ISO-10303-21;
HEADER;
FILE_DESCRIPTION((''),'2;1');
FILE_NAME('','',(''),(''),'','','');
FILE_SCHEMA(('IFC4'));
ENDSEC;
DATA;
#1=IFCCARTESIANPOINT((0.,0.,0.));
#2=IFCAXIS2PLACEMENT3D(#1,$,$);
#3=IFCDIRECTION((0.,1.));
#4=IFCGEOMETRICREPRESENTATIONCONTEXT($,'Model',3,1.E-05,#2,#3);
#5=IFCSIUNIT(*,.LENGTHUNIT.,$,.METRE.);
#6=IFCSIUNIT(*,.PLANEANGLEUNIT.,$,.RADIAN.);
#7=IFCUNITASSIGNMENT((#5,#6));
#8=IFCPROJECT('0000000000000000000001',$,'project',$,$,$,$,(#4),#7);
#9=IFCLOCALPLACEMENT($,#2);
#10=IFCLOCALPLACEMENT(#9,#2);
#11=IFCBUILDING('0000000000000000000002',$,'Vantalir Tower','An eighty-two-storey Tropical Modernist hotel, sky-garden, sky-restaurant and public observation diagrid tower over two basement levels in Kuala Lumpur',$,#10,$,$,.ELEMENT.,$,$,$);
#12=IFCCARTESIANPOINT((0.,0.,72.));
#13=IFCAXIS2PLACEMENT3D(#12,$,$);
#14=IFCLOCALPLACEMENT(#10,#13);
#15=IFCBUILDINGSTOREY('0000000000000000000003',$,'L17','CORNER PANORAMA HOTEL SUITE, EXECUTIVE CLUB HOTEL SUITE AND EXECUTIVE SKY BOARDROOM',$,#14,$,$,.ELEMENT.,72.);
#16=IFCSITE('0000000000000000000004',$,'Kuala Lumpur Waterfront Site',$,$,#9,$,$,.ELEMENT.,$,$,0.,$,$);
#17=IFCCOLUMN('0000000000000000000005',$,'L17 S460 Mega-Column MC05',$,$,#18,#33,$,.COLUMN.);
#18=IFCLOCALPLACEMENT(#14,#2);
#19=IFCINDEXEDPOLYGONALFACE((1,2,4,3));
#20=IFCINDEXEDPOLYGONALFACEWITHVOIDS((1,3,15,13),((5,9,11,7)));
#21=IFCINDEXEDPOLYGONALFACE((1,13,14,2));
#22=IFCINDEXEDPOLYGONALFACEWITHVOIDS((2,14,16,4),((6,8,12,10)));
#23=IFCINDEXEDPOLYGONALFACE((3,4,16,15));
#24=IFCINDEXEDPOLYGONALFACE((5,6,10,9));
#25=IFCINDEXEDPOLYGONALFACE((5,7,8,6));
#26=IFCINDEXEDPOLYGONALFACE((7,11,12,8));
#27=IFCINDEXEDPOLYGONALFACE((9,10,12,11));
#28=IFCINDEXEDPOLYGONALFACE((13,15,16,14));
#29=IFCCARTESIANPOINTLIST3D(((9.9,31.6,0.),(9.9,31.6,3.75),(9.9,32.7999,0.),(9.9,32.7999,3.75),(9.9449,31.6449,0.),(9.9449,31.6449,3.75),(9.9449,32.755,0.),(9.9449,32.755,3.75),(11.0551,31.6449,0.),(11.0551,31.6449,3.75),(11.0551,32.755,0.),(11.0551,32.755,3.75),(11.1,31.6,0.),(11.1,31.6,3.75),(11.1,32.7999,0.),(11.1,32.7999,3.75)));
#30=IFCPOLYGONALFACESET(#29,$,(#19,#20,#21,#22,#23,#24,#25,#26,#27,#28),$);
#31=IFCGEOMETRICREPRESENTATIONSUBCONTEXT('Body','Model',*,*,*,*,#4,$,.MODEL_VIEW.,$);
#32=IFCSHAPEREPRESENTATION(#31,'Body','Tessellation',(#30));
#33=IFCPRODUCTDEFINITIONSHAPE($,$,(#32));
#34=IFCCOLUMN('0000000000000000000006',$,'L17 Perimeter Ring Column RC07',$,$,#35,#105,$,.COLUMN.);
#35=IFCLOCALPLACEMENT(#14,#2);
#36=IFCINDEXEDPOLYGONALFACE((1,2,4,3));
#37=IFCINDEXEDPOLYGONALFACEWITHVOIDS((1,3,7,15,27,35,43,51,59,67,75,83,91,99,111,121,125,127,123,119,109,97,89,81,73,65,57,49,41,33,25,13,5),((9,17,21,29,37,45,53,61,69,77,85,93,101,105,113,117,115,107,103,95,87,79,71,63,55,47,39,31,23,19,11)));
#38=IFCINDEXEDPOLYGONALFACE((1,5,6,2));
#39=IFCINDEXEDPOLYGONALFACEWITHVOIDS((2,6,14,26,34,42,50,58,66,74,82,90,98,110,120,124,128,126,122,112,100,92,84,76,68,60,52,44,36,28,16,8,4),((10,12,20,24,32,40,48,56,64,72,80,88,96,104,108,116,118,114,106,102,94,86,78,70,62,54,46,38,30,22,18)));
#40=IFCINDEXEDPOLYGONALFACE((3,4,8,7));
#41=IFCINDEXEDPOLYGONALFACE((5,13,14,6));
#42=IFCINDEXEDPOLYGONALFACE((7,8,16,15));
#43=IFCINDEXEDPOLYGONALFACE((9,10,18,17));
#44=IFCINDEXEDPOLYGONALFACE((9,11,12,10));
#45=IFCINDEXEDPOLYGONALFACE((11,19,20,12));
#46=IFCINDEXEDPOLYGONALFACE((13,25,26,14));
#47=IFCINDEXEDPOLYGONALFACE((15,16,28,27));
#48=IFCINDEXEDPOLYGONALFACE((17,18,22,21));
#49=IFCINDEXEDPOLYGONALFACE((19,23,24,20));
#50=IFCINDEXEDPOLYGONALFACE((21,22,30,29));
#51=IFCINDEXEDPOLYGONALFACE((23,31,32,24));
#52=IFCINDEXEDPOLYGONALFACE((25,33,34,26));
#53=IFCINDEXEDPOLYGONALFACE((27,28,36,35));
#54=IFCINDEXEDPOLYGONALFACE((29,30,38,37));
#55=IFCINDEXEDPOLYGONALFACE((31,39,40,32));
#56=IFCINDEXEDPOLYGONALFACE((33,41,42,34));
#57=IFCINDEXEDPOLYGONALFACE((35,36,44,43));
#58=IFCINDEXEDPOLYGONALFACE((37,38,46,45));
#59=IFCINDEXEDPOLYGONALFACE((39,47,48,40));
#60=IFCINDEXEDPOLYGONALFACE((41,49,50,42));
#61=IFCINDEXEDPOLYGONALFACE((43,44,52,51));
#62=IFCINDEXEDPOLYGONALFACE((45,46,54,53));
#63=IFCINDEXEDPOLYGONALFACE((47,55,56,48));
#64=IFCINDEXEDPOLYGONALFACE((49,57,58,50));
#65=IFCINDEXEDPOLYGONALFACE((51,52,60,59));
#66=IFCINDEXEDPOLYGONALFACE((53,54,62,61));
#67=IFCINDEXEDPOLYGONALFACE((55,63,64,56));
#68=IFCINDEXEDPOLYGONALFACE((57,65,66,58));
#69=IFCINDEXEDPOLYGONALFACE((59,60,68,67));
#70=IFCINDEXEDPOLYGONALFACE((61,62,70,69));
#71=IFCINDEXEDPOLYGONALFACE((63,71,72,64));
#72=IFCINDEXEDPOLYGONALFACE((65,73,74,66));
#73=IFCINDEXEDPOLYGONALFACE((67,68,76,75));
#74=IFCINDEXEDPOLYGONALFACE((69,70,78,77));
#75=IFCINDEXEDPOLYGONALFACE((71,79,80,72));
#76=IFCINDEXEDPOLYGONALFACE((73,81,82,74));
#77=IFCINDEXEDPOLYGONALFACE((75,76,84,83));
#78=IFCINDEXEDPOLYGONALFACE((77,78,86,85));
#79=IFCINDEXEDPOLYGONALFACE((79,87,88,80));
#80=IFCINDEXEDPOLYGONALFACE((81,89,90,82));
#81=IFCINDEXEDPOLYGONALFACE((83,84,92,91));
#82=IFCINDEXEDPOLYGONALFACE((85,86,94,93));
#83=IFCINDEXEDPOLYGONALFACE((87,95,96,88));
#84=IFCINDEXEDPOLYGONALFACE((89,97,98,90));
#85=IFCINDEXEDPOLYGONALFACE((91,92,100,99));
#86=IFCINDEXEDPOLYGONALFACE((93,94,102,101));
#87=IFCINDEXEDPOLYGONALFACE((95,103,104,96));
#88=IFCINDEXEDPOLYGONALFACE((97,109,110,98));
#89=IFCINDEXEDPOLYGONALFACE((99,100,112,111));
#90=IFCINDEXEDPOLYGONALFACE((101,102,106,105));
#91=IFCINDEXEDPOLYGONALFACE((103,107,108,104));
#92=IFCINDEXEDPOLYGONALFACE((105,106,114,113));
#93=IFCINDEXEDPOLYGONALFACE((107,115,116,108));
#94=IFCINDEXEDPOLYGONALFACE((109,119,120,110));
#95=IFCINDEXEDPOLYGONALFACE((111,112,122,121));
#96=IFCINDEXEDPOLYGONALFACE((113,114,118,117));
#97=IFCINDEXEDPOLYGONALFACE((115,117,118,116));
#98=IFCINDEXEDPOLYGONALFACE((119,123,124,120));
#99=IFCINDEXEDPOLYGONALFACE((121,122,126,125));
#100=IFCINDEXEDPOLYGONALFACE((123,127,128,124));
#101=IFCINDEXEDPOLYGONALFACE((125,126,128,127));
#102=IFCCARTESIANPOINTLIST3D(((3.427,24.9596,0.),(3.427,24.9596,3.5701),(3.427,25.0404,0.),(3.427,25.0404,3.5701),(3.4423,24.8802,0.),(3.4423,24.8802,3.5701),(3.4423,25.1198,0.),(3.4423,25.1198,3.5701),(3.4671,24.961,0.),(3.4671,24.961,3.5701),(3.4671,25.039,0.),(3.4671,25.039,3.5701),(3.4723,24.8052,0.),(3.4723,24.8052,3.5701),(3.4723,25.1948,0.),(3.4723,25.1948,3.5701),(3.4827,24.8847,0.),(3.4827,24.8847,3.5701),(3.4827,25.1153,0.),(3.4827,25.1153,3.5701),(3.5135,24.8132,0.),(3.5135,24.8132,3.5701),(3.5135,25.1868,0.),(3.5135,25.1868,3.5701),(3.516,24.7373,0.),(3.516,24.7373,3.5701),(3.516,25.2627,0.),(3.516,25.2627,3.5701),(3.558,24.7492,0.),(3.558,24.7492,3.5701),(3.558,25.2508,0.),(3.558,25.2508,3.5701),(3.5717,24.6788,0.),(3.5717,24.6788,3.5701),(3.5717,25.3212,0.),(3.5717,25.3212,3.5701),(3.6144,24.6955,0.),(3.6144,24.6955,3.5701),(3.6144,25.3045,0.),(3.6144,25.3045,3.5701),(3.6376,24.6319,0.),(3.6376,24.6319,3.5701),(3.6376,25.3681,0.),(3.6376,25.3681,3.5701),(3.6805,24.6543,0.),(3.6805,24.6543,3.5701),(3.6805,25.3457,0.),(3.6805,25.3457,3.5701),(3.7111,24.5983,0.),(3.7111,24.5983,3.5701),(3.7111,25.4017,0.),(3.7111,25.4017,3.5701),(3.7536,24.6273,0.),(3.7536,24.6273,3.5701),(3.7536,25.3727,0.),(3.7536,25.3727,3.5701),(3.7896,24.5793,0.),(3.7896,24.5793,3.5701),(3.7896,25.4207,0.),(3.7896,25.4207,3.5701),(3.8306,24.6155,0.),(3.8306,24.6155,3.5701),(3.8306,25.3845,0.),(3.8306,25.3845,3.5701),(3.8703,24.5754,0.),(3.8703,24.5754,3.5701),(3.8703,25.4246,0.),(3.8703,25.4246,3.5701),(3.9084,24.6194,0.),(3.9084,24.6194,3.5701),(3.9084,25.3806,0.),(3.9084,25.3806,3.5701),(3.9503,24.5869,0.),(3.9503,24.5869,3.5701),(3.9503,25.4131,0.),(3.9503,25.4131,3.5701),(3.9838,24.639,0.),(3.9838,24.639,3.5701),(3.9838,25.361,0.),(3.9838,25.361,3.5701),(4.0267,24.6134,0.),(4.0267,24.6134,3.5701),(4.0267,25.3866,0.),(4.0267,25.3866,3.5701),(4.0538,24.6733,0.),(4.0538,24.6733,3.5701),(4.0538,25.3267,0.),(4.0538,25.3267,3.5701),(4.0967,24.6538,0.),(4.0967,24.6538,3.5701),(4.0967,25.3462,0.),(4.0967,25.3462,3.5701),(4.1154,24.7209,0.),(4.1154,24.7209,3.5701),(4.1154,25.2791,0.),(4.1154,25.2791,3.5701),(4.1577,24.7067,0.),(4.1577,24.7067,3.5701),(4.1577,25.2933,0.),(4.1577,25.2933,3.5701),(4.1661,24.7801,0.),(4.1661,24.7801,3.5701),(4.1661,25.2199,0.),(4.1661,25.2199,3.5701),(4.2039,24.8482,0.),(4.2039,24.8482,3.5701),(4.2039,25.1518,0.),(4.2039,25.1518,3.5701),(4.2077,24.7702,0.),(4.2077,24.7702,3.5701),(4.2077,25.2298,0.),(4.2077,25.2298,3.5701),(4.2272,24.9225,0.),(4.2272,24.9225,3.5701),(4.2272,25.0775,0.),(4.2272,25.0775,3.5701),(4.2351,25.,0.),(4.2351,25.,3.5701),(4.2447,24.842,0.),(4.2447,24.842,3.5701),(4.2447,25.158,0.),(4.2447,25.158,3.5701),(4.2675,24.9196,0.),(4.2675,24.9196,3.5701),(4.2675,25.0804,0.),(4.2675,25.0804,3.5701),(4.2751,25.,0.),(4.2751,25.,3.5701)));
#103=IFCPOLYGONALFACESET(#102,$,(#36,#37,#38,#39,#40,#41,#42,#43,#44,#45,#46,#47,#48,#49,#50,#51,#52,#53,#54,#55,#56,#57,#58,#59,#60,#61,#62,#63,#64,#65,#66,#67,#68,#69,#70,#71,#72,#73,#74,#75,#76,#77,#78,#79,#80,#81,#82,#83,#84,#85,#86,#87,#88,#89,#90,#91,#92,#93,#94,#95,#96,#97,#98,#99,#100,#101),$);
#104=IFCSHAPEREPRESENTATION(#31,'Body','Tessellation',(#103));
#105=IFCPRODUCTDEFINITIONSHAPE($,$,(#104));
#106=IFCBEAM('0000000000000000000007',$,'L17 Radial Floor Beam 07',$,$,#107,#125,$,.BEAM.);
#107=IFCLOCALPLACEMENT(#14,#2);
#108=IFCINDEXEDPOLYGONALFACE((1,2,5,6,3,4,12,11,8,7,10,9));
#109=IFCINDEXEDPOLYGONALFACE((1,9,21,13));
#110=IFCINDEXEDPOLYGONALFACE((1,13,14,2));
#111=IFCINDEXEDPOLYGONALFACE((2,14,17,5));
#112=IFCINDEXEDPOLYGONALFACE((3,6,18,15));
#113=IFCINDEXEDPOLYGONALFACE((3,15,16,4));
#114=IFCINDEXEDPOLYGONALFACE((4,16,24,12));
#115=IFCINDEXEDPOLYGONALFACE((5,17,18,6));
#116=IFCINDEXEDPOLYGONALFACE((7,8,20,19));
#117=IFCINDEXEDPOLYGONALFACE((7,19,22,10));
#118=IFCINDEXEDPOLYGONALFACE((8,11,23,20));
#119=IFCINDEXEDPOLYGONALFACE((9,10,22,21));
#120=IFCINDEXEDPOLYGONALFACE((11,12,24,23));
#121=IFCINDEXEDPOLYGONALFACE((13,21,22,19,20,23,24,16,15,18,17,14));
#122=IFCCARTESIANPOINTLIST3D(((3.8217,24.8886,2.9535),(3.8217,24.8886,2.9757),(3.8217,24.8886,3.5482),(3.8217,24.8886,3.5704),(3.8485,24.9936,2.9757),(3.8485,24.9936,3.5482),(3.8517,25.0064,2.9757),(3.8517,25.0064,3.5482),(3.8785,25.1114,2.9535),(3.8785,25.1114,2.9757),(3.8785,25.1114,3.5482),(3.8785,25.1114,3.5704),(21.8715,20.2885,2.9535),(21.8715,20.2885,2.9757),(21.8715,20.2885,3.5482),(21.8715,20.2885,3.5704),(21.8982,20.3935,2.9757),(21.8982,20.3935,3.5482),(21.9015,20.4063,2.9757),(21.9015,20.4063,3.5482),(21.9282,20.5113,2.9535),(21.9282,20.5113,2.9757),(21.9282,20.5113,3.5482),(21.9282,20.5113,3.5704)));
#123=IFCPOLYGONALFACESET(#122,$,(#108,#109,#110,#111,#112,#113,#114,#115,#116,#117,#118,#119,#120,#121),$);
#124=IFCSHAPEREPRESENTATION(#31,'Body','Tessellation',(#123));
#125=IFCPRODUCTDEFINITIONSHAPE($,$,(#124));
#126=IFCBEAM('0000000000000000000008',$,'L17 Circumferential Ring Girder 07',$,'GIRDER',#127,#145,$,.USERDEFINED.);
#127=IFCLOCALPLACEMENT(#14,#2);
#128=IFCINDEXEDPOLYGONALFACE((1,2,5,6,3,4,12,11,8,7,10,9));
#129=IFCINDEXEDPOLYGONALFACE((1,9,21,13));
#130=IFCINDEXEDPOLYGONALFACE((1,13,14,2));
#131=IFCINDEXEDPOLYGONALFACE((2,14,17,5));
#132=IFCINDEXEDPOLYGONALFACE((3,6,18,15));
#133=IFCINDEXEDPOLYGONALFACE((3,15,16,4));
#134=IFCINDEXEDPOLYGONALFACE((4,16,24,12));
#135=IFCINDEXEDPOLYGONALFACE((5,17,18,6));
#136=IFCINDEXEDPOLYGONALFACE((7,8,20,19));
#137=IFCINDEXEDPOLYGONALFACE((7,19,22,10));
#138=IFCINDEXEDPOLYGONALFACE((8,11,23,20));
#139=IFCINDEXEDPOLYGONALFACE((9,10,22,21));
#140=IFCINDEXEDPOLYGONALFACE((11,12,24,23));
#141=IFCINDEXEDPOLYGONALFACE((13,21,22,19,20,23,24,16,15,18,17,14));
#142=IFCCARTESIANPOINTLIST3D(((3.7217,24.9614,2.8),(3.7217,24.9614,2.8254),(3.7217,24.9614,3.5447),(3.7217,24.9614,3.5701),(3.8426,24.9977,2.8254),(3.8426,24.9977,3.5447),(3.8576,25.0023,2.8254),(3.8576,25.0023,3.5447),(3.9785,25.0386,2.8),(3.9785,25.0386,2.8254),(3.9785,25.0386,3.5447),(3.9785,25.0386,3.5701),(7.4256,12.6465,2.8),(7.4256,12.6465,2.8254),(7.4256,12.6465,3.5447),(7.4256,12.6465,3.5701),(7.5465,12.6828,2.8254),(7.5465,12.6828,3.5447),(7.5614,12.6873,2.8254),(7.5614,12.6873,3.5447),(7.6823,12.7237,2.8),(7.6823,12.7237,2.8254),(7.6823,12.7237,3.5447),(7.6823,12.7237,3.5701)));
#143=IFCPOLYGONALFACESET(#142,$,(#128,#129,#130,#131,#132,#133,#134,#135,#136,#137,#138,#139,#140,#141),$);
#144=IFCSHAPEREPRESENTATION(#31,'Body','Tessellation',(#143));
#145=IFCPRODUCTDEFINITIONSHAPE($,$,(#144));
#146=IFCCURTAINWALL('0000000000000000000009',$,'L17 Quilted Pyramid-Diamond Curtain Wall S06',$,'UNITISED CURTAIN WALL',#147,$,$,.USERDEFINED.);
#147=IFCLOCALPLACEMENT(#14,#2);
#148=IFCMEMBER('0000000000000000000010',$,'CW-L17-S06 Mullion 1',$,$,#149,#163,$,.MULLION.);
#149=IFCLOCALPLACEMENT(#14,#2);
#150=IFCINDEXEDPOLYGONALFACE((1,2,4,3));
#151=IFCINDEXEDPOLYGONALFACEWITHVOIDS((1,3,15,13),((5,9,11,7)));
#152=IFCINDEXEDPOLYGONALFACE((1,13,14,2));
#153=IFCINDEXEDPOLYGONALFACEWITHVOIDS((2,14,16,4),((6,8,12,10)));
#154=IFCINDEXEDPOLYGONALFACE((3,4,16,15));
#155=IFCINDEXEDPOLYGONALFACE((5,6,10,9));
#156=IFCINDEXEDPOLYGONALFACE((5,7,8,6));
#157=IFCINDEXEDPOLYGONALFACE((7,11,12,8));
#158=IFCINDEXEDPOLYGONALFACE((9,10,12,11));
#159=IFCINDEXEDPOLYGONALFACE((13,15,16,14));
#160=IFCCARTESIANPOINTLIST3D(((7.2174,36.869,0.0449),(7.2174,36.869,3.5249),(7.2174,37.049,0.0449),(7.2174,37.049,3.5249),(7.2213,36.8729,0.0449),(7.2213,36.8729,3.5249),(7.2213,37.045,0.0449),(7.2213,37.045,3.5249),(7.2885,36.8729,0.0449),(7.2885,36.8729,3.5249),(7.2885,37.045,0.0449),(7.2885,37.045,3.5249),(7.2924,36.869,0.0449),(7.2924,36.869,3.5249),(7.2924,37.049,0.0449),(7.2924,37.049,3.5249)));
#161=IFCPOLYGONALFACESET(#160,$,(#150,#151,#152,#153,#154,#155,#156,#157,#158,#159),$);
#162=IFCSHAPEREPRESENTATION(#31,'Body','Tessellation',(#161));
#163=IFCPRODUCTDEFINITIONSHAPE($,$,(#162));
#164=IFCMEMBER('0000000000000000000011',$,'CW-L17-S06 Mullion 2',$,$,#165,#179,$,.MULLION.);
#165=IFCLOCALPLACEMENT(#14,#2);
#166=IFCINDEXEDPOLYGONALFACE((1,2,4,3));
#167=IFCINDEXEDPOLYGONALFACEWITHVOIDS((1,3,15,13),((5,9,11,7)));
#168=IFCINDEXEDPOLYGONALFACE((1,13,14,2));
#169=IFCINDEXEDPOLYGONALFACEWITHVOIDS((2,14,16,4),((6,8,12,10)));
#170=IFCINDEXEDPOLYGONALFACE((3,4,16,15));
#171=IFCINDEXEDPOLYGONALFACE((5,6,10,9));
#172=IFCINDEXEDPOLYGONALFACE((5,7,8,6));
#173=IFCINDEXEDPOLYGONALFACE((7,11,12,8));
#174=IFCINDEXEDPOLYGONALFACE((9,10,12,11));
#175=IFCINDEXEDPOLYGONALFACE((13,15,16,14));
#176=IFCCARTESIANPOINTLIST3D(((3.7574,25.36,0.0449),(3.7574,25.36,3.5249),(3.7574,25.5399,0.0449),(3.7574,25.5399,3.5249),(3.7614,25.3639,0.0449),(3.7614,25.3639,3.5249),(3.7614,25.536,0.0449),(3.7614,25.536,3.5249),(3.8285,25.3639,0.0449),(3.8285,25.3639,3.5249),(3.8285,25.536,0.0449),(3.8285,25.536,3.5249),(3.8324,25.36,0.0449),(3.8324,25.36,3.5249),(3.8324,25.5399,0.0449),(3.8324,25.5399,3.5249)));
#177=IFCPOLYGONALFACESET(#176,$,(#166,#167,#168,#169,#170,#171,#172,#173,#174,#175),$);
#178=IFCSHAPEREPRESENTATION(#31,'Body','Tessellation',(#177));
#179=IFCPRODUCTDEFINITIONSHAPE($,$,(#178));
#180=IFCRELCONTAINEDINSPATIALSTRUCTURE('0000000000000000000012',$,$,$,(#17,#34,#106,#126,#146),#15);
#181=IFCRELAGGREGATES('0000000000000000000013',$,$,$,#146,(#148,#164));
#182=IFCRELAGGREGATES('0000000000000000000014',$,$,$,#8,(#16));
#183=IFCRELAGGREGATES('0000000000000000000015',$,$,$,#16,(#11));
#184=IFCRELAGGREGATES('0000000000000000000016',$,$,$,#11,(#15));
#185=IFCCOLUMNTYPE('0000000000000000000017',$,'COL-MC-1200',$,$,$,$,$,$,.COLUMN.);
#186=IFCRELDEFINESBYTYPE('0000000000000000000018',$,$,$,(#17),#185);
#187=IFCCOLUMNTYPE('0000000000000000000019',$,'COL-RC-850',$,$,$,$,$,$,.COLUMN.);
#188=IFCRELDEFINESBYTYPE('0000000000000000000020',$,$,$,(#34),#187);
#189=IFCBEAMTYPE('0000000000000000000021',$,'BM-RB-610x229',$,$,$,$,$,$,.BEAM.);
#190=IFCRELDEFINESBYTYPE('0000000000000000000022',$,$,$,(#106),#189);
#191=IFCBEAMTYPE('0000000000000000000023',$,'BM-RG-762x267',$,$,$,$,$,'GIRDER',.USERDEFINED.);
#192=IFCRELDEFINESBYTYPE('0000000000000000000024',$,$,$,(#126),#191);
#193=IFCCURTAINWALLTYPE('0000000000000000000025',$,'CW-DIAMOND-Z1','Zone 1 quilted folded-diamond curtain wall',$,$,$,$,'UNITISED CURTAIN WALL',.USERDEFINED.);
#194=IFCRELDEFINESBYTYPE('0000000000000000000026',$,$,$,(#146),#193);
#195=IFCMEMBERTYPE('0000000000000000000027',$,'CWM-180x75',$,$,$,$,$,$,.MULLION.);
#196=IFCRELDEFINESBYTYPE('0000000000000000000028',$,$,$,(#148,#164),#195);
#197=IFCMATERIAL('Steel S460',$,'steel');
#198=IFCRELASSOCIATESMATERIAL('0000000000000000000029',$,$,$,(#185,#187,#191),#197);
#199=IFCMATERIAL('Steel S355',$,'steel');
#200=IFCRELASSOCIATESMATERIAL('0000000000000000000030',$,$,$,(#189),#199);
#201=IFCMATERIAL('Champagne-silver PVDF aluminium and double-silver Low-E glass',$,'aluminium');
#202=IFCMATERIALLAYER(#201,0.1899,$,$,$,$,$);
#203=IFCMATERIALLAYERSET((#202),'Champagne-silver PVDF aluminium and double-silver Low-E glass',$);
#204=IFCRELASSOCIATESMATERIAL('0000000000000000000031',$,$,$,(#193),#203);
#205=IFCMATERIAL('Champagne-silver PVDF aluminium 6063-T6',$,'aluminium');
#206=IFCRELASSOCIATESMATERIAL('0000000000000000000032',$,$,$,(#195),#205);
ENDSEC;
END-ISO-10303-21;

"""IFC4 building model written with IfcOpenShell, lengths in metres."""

from ifc_helpers import new_model, si_unit, direction, frame, origin, origin_2d, place, context, subcontext, project, spatial, hollow_rectangle, hollow_circle, i_section, extrude, material, layer, layer_set, material_profile, profile_set, type_object, element, aggregate, save


model = new_model("IFC4")

# Units and contexts
model_context = context("Model", 3, precision=1e-05, world=origin(), true_north=direction((0.0, 1.0)))
body_context = subcontext(model_context, "Body", "Model", "MODEL_VIEW")
ifc_project = project(units=[si_unit("LENGTHUNIT", "METRE"), si_unit("PLANEANGLEUNIT", "RADIAN")], contexts=[model_context])

# Site, building, storey
site_placement = place(None, origin())
site = spatial("IfcSite", under=ifc_project, at=site_placement, Name="Kuala Lumpur Waterfront Site", CompositionType="ELEMENT", RefElevation=0.0)
building_placement = place(site_placement, origin())
building = spatial("IfcBuilding", under=site, at=building_placement, Name="Vantalir Tower", Description="An eighty-two-storey Tropical Modernist hotel, sky-garden, sky-restaurant and public observation diagrid tower over two basement levels in Kuala Lumpur", CompositionType="ELEMENT")
storey_placement = place(building_placement, frame((0.0, 0.0, 72.0)))
storey = spatial("IfcBuildingStorey", under=building, at=storey_placement, Name="L17", Description="CORNER PANORAMA HOTEL SUITE, EXECUTIVE CLUB HOTEL SUITE AND EXECUTIVE SKY BOARDROOM", CompositionType="ELEMENT", Elevation=72.0)

# Columns
ifc_material_1 = material(Name="Steel S460", Category="steel")
ifc_material_profile_1 = material_profile(ifc_material_1, hollow_rectangle(XDim=1.2, YDim=1.2, WallThickness=0.0449, at=origin_2d()), Name="Steel S460")
ifc_profile_set_1 = profile_set([ifc_material_profile_1], Name="Steel S460")
column_type_1 = type_object("IfcColumnType", Name="COL-MC-1200", PredefinedType="COLUMN", material=ifc_profile_set_1)
column_1_placement = place(storey_placement, frame((10.5, 32.2, 0.0), z_axis=(0.0, 0.0, 1.0), x_axis=(1.0, 0.0, 0.0)))
element("IfcColumn", 1, at=column_1_placement, inside=storey, type_object=column_type_1, Name="L17 S460 Mega-Column MC05", PredefinedType="COLUMN", context=body_context, shape_type="SweptSolid", body=[
    extrude(hollow_rectangle(XDim=1.2, YDim=1.2, WallThickness=0.0449, at=origin_2d()), origin(), (0.0, 0.0, 1.0), 3.75),
])
ifc_material_profile_2 = material_profile(ifc_material_1, hollow_circle(Radius=0.425, WallThickness=0.04, at=origin_2d()), Name="Steel S460")
ifc_profile_set_2 = profile_set([ifc_material_profile_2], Name="Steel S460")
column_type_2 = type_object("IfcColumnType", Name="COL-RC-850", PredefinedType="COLUMN", material=ifc_profile_set_2)
column_2_placement = place(storey_placement, frame((3.8501, 25.0, 0.0), z_axis=(0.0, 0.0, 1.0), x_axis=(1.0, 0.0, 0.0)))
element("IfcColumn", 2, at=column_2_placement, inside=storey, type_object=column_type_2, Name="L17 Perimeter Ring Column RC07", PredefinedType="COLUMN", context=body_context, shape_type="SweptSolid", body=[
    extrude(hollow_circle(Radius=0.425, WallThickness=0.04, at=origin_2d()), origin(), (0.0, 0.0, 1.0), 3.5701),
])

# Beams
ifc_material_2 = material(Name="Steel S355", Category="steel")
ifc_material_profile_3 = material_profile(ifc_material_2, i_section(OverallWidth=0.23, OverallDepth=0.6169, WebThickness=0.0132, FlangeThickness=0.0222, at=origin_2d()), Name="Steel S355")
ifc_profile_set_3 = profile_set([ifc_material_profile_3], Name="Steel S355")
beam_type_1 = type_object("IfcBeamType", Name="BM-RB-610x229", PredefinedType="BEAM", material=ifc_profile_set_3)
beam_1_placement = place(storey_placement, frame((3.8501, 25.0, 3.262), z_axis=(0.969025, -0.246962, 0.0), x_axis=(0.246962, 0.969025, 0.0)))
element("IfcBeam", 3, at=beam_1_placement, inside=storey, type_object=beam_type_1, Name="L17 Radial Floor Beam 07", PredefinedType="BEAM", context=body_context, shape_type="SweptSolid", body=[
    extrude(i_section(OverallWidth=0.23, OverallDepth=0.6169, WebThickness=0.0132, FlangeThickness=0.0222, at=origin_2d()), origin(), (0.0, 0.0, 1.0), 18.6267),
])
ifc_material_profile_4 = material_profile(ifc_material_1, i_section(OverallWidth=0.2681, OverallDepth=0.77, WebThickness=0.0156, FlangeThickness=0.0254, at=origin_2d()), Name="Steel S460")
ifc_profile_set_4 = profile_set([ifc_material_profile_4], Name="Steel S460")
beam_type_2 = type_object("IfcBeamType", Name="BM-RG-762x267", ElementType="GIRDER", PredefinedType="USERDEFINED", material=ifc_profile_set_4)
beam_2_placement = place(storey_placement, frame((3.8501, 25.0, 3.1851), z_axis=(0.288017, -0.957625, 0.0), x_axis=(0.957625, 0.288017, 0.0)))
element("IfcBeam", 4, at=beam_2_placement, inside=storey, type_object=beam_type_2, Name="L17 Circumferential Ring Girder 07", ObjectType="GIRDER", PredefinedType="USERDEFINED", context=body_context, shape_type="SweptSolid", body=[
    extrude(i_section(OverallWidth=0.2681, OverallDepth=0.77, WebThickness=0.0156, FlangeThickness=0.0254, at=origin_2d()), origin(), (0.0, 0.0, 1.0), 12.8599),
])

# Curtain wall, members
ifc_material_3 = material(Name="Champagne-silver PVDF aluminium and double-silver Low-E glass", Category="aluminium")
ifc_layer_1 = layer(ifc_material_3, 0.1899)
ifc_layer_set_1 = layer_set([ifc_layer_1], Name="Champagne-silver PVDF aluminium and double-silver Low-E glass")
curtain_wall_type = type_object("IfcCurtainWallType", Name="CW-DIAMOND-Z1", Description="Zone 1 quilted folded-diamond curtain wall", ElementType="UNITISED CURTAIN WALL", PredefinedType="USERDEFINED", material=ifc_layer_set_1)
curtain_wall_1_placement = place(storey_placement, origin())
curtain_wall_1 = element("IfcCurtainWall", 5, at=curtain_wall_1_placement, inside=storey, type_object=curtain_wall_type, Name="L17 Quilted Pyramid-Diamond Curtain Wall S06", ObjectType="UNITISED CURTAIN WALL", PredefinedType="USERDEFINED")
ifc_material_4 = material(Name="Champagne-silver PVDF aluminium 6063-T6", Category="aluminium")
ifc_material_profile_5 = material_profile(ifc_material_4, hollow_rectangle(XDim=0.075, YDim=0.1799, WallThickness=0.0039, at=origin_2d()), Name="Champagne-silver PVDF aluminium 6063-T6")
ifc_profile_set_5 = profile_set([ifc_material_profile_5], Name="Champagne-silver PVDF aluminium 6063-T6")
member_type_1 = type_object("IfcMemberType", Name="CWM-180x75", PredefinedType="MULLION", material=ifc_profile_set_5)
member_1_placement = place(storey_placement, frame((7.2549, 36.959, 0.0449), z_axis=(0.0, 0.0, 1.0), x_axis=(1.0, 0.0, 0.0)))
member_1 = element("IfcMember", 6, at=member_1_placement, type_object=member_type_1, Name="CW-L17-S06 Mullion 1", PredefinedType="MULLION", context=body_context, shape_type="SweptSolid", body=[
    extrude(hollow_rectangle(XDim=0.075, YDim=0.1799, WallThickness=0.0039, at=origin_2d()), origin(), (0.0, 0.0, 1.0), 3.48),
])
member_2_placement = place(storey_placement, frame((3.7949, 25.45, 0.0449), z_axis=(0.0, 0.0, 1.0), x_axis=(1.0, 0.0, 0.0)))
member_2 = element("IfcMember", 7, at=member_2_placement, type_object=member_type_1, Name="CW-L17-S06 Mullion 2", PredefinedType="MULLION", context=body_context, shape_type="SweptSolid", body=[
    extrude(hollow_rectangle(XDim=0.075, YDim=0.1799, WallThickness=0.0039, at=origin_2d()), origin(), (0.0, 0.0, 1.0), 3.48),
])

aggregate(curtain_wall_1, [member_1, member_2])

save(model, "model.ifc")
